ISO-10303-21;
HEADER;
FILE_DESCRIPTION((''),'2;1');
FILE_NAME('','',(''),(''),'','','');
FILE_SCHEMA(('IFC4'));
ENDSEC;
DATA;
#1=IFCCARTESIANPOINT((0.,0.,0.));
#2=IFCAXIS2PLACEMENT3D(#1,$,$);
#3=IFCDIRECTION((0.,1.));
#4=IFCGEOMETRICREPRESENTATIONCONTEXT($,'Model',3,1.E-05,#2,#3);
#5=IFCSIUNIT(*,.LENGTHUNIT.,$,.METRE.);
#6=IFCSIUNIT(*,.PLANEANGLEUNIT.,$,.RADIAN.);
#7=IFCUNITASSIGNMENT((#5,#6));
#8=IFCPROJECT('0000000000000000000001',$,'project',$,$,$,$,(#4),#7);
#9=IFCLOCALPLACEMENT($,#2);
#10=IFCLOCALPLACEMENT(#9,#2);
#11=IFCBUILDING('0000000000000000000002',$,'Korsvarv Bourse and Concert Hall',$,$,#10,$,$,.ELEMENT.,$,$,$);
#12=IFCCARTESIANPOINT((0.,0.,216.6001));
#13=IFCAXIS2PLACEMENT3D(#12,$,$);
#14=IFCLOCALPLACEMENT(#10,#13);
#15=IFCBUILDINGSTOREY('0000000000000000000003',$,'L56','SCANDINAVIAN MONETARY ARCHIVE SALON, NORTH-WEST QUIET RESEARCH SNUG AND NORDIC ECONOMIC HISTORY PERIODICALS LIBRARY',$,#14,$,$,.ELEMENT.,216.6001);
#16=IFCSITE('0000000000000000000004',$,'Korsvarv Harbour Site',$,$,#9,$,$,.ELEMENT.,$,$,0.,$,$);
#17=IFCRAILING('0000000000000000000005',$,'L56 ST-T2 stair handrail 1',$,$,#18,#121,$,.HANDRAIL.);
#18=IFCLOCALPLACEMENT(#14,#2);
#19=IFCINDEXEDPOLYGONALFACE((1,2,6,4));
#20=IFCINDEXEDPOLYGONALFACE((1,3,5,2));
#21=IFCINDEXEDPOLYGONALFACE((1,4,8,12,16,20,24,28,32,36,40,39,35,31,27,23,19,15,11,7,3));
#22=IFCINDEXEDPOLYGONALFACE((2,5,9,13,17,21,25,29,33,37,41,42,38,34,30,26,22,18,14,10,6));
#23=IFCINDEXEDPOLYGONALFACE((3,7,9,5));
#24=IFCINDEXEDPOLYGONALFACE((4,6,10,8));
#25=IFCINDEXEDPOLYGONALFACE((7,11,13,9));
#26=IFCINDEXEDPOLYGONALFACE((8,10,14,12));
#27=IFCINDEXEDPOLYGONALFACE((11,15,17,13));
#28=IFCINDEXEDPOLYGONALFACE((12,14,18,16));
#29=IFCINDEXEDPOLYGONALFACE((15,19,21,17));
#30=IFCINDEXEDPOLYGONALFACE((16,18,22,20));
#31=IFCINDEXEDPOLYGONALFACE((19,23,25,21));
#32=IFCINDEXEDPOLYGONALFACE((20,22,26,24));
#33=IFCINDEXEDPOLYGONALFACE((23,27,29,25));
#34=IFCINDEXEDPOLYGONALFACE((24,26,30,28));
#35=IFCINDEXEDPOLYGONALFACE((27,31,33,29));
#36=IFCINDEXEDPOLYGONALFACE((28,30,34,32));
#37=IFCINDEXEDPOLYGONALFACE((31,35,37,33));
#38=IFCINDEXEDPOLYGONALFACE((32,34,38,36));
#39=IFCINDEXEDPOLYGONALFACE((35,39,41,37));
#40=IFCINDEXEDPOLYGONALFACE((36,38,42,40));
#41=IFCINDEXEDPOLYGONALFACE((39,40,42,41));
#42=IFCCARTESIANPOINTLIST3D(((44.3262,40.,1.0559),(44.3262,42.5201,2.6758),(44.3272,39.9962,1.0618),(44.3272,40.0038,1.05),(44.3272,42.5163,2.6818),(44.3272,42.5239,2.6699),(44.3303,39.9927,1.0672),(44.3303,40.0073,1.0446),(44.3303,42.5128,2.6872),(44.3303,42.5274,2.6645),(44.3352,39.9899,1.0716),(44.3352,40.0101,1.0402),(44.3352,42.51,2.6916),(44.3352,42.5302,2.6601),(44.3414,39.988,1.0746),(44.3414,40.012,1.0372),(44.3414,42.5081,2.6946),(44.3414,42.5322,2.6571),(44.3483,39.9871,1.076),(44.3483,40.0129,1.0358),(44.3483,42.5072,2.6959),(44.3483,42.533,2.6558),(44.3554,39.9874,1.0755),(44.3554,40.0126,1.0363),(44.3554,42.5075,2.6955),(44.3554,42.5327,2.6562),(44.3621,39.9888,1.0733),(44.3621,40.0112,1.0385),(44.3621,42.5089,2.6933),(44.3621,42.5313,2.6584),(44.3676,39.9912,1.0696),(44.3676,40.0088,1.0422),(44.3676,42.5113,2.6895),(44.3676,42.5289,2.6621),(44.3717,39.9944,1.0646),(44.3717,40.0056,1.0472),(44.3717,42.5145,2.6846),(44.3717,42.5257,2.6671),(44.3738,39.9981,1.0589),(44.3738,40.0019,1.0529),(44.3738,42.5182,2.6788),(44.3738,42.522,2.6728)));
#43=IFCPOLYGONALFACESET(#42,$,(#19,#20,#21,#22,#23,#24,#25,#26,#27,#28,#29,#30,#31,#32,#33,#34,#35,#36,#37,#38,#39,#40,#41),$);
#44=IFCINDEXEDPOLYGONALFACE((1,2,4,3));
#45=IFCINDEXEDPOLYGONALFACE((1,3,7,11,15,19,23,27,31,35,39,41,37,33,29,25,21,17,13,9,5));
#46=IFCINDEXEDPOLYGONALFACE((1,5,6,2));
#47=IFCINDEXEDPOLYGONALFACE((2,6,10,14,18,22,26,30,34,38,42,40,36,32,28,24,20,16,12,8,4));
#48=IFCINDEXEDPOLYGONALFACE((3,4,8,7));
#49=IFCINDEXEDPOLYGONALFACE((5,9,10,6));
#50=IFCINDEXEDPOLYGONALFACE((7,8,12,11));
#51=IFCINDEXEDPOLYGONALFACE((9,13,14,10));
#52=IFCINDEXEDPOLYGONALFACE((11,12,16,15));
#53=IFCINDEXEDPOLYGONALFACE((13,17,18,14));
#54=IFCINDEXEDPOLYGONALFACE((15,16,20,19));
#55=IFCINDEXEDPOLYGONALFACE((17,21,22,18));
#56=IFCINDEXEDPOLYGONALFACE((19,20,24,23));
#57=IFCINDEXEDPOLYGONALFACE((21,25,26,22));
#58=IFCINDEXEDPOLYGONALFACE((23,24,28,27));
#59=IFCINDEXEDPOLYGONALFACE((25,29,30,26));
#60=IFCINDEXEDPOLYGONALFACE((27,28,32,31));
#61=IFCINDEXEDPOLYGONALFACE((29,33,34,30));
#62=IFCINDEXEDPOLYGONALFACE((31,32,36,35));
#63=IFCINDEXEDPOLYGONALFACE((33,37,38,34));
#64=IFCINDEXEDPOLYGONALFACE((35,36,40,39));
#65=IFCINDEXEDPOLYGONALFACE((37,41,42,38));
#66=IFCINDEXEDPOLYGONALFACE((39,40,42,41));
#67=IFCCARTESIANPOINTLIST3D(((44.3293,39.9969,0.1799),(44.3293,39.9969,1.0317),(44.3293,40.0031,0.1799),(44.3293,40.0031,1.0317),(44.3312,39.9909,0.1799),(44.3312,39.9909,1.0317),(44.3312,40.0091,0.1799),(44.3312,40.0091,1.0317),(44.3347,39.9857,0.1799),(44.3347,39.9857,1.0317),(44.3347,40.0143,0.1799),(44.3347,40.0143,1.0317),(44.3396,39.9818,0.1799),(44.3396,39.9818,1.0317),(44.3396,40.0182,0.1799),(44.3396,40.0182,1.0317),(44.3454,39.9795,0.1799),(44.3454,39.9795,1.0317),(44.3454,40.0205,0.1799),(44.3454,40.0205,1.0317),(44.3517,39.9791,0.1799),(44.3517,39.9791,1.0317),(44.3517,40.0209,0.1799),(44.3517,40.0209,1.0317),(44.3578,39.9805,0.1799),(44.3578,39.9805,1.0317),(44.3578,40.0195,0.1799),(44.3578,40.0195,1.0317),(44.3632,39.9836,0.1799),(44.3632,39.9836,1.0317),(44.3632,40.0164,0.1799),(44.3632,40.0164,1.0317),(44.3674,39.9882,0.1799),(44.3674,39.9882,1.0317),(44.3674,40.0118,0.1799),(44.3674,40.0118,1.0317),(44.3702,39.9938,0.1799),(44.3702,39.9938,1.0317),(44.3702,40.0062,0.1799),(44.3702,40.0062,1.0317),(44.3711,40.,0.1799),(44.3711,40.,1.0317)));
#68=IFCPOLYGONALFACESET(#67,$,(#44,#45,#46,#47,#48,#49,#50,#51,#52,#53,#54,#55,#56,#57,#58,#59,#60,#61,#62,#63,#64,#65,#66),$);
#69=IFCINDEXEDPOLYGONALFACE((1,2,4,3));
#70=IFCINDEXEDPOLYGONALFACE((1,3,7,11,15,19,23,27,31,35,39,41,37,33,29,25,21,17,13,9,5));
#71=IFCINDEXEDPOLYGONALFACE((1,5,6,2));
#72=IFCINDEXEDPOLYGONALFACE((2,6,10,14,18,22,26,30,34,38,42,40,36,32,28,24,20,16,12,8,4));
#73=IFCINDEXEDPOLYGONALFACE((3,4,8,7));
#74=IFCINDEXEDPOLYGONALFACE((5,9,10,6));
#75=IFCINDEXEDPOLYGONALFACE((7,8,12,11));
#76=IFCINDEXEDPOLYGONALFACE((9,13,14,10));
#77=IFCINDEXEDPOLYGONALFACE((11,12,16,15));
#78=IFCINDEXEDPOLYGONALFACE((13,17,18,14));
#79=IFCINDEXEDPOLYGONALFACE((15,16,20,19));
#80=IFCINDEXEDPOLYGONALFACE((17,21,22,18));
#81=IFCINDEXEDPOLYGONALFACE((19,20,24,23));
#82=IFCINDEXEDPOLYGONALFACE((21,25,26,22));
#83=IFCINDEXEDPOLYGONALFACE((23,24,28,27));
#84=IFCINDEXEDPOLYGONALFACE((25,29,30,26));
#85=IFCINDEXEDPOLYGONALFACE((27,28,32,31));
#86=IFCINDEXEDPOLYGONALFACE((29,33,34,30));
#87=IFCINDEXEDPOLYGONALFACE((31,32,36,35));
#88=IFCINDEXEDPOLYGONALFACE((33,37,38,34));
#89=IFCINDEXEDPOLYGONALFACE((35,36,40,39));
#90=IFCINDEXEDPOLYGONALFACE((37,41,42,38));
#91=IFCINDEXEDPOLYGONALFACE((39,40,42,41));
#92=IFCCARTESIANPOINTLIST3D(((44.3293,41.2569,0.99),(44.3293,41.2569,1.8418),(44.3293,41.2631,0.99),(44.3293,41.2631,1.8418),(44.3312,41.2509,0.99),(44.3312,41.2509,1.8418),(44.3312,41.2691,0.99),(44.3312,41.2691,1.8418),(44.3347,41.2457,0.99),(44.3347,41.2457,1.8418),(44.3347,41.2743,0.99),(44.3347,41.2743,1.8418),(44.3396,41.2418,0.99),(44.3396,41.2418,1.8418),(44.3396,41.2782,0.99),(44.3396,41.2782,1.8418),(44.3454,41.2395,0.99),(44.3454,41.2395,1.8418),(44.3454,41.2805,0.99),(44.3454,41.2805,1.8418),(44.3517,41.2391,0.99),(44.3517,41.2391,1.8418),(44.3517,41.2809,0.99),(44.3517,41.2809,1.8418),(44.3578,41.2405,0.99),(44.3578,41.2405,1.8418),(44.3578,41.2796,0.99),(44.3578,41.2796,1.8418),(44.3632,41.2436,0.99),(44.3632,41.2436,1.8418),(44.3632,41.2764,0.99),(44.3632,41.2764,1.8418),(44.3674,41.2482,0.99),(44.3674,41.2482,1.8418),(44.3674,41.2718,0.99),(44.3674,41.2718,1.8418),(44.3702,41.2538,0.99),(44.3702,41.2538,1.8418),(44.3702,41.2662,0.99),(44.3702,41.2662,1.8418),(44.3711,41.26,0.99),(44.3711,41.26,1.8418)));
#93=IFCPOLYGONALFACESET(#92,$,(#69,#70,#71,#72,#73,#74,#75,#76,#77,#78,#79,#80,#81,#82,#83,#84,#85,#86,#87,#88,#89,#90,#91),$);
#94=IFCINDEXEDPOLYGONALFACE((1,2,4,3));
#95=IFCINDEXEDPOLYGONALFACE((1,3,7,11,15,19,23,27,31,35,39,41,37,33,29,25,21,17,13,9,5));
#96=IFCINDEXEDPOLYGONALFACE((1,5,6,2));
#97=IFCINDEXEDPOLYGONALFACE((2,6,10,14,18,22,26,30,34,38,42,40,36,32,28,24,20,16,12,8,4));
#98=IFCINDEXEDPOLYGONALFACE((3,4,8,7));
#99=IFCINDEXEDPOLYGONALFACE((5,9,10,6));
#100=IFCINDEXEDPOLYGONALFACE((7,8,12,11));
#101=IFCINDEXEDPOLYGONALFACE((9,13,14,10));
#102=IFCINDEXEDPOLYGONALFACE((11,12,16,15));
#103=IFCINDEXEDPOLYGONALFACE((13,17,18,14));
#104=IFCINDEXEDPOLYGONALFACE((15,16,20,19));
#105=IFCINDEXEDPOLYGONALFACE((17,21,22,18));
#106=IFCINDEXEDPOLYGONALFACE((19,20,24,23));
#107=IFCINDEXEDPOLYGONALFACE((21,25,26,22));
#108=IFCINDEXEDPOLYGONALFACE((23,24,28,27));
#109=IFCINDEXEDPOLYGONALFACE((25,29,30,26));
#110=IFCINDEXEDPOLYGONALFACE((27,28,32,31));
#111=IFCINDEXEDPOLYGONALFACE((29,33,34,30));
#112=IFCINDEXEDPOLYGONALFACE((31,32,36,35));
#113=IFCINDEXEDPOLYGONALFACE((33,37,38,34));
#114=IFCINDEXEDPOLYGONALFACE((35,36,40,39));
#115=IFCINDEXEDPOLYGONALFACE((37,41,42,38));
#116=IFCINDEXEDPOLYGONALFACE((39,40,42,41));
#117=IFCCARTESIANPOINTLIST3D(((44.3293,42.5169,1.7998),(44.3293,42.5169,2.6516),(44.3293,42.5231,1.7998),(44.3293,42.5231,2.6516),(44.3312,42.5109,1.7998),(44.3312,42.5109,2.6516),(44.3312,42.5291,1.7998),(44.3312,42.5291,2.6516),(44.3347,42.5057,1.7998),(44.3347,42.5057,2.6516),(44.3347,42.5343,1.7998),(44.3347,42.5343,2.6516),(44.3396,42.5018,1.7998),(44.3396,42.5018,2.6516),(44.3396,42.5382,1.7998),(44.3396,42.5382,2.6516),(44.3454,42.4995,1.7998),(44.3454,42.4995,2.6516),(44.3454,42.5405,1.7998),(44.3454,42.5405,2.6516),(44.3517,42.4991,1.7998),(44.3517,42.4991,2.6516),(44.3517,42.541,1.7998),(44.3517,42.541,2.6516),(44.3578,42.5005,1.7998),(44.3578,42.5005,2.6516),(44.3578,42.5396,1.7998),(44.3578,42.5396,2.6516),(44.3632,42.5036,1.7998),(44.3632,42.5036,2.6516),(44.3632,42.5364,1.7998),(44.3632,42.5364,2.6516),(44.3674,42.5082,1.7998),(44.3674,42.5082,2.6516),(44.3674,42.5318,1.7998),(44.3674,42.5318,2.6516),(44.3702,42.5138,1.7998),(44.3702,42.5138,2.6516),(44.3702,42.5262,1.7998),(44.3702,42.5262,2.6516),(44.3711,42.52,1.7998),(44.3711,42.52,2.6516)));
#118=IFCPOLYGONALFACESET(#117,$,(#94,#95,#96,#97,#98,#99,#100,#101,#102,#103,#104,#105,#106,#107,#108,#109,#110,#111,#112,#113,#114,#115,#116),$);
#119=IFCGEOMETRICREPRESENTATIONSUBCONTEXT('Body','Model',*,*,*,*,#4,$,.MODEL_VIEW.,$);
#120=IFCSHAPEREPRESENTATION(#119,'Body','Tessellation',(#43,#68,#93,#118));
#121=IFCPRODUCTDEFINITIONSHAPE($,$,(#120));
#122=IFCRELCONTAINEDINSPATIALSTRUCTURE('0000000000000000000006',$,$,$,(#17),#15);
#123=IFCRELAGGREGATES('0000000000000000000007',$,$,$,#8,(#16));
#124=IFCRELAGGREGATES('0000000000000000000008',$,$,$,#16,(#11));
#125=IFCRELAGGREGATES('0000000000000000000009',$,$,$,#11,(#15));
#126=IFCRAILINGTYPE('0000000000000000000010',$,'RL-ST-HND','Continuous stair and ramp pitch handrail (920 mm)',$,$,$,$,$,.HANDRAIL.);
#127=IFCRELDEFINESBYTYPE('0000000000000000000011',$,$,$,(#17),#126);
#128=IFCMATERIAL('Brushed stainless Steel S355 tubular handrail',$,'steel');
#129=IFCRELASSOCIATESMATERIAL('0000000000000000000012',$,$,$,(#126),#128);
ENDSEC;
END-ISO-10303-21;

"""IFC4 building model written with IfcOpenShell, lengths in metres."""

from ifc_helpers import new_model, si_unit, direction, frame, origin, origin_2d, place, context, subcontext, project, spatial, circle, extrude, material, type_object, element, save


model = new_model("IFC4")

# Units and contexts
model_context = context("Model", 3, precision=1e-05, world=origin(), true_north=direction((0.0, 1.0)))
body_context = subcontext(model_context, "Body", "Model", "MODEL_VIEW")
ifc_project = project(units=[si_unit("LENGTHUNIT", "METRE"), si_unit("PLANEANGLEUNIT", "RADIAN")], contexts=[model_context])

# Site, building, storey
site_placement = place(None, origin())
site = spatial("IfcSite", under=ifc_project, at=site_placement, Name="Korsvarv Harbour Site", CompositionType="ELEMENT", RefElevation=0.0)
building_placement = place(site_placement, origin())
building = spatial("IfcBuilding", under=site, at=building_placement, Name="Korsvarv Bourse and Concert Hall", CompositionType="ELEMENT")
storey_placement = place(building_placement, frame((0.0, 0.0, 216.6001)))
storey = spatial("IfcBuildingStorey", under=building, at=storey_placement, Name="L56", Description="SCANDINAVIAN MONETARY ARCHIVE SALON, NORTH-WEST QUIET RESEARCH SNUG AND NORDIC ECONOMIC HISTORY PERIODICALS LIBRARY", CompositionType="ELEMENT", Elevation=216.6001)

# Railing
ifc_material_1 = material(Name="Brushed stainless Steel S355 tubular handrail", Category="steel")
railing_type_1 = type_object("IfcRailingType", Name="RL-ST-HND", Description="Continuous stair and ramp pitch handrail (920 mm)", PredefinedType="HANDRAIL", material=ifc_material_1)
railing_1_placement = place(storey_placement, frame((44.3501, 40.0, 0.1799)))
element("IfcRailing", 1, at=railing_1_placement, inside=storey, type_object=railing_type_1, Name="L56 ST-T2 stair handrail 1", PredefinedType="HANDRAIL", context=body_context, shape_type="SweptSolid", body=[
    extrude(circle(Radius=0.0239, at=origin_2d()), frame((0.0, 0.0, 0.876), z_axis=(0.0, 0.8412, 0.540725), x_axis=(-1.0, 0.0, 0.0)), (0.0, 0.0, 1.0), 2.9958),
    extrude(circle(Radius=0.021, at=origin_2d()), origin(), (0.0, 0.0, 1.0), 0.8518),
    extrude(circle(Radius=0.021, at=origin_2d()), frame((0.0, 1.26, 0.8101)), (0.0, 0.0, 1.0), 0.8518),
    extrude(circle(Radius=0.021, at=origin_2d()), frame((0.0, 2.52, 1.6199)), (0.0, 0.0, 1.0), 0.8518),
])

save(model, "model.ifc")
